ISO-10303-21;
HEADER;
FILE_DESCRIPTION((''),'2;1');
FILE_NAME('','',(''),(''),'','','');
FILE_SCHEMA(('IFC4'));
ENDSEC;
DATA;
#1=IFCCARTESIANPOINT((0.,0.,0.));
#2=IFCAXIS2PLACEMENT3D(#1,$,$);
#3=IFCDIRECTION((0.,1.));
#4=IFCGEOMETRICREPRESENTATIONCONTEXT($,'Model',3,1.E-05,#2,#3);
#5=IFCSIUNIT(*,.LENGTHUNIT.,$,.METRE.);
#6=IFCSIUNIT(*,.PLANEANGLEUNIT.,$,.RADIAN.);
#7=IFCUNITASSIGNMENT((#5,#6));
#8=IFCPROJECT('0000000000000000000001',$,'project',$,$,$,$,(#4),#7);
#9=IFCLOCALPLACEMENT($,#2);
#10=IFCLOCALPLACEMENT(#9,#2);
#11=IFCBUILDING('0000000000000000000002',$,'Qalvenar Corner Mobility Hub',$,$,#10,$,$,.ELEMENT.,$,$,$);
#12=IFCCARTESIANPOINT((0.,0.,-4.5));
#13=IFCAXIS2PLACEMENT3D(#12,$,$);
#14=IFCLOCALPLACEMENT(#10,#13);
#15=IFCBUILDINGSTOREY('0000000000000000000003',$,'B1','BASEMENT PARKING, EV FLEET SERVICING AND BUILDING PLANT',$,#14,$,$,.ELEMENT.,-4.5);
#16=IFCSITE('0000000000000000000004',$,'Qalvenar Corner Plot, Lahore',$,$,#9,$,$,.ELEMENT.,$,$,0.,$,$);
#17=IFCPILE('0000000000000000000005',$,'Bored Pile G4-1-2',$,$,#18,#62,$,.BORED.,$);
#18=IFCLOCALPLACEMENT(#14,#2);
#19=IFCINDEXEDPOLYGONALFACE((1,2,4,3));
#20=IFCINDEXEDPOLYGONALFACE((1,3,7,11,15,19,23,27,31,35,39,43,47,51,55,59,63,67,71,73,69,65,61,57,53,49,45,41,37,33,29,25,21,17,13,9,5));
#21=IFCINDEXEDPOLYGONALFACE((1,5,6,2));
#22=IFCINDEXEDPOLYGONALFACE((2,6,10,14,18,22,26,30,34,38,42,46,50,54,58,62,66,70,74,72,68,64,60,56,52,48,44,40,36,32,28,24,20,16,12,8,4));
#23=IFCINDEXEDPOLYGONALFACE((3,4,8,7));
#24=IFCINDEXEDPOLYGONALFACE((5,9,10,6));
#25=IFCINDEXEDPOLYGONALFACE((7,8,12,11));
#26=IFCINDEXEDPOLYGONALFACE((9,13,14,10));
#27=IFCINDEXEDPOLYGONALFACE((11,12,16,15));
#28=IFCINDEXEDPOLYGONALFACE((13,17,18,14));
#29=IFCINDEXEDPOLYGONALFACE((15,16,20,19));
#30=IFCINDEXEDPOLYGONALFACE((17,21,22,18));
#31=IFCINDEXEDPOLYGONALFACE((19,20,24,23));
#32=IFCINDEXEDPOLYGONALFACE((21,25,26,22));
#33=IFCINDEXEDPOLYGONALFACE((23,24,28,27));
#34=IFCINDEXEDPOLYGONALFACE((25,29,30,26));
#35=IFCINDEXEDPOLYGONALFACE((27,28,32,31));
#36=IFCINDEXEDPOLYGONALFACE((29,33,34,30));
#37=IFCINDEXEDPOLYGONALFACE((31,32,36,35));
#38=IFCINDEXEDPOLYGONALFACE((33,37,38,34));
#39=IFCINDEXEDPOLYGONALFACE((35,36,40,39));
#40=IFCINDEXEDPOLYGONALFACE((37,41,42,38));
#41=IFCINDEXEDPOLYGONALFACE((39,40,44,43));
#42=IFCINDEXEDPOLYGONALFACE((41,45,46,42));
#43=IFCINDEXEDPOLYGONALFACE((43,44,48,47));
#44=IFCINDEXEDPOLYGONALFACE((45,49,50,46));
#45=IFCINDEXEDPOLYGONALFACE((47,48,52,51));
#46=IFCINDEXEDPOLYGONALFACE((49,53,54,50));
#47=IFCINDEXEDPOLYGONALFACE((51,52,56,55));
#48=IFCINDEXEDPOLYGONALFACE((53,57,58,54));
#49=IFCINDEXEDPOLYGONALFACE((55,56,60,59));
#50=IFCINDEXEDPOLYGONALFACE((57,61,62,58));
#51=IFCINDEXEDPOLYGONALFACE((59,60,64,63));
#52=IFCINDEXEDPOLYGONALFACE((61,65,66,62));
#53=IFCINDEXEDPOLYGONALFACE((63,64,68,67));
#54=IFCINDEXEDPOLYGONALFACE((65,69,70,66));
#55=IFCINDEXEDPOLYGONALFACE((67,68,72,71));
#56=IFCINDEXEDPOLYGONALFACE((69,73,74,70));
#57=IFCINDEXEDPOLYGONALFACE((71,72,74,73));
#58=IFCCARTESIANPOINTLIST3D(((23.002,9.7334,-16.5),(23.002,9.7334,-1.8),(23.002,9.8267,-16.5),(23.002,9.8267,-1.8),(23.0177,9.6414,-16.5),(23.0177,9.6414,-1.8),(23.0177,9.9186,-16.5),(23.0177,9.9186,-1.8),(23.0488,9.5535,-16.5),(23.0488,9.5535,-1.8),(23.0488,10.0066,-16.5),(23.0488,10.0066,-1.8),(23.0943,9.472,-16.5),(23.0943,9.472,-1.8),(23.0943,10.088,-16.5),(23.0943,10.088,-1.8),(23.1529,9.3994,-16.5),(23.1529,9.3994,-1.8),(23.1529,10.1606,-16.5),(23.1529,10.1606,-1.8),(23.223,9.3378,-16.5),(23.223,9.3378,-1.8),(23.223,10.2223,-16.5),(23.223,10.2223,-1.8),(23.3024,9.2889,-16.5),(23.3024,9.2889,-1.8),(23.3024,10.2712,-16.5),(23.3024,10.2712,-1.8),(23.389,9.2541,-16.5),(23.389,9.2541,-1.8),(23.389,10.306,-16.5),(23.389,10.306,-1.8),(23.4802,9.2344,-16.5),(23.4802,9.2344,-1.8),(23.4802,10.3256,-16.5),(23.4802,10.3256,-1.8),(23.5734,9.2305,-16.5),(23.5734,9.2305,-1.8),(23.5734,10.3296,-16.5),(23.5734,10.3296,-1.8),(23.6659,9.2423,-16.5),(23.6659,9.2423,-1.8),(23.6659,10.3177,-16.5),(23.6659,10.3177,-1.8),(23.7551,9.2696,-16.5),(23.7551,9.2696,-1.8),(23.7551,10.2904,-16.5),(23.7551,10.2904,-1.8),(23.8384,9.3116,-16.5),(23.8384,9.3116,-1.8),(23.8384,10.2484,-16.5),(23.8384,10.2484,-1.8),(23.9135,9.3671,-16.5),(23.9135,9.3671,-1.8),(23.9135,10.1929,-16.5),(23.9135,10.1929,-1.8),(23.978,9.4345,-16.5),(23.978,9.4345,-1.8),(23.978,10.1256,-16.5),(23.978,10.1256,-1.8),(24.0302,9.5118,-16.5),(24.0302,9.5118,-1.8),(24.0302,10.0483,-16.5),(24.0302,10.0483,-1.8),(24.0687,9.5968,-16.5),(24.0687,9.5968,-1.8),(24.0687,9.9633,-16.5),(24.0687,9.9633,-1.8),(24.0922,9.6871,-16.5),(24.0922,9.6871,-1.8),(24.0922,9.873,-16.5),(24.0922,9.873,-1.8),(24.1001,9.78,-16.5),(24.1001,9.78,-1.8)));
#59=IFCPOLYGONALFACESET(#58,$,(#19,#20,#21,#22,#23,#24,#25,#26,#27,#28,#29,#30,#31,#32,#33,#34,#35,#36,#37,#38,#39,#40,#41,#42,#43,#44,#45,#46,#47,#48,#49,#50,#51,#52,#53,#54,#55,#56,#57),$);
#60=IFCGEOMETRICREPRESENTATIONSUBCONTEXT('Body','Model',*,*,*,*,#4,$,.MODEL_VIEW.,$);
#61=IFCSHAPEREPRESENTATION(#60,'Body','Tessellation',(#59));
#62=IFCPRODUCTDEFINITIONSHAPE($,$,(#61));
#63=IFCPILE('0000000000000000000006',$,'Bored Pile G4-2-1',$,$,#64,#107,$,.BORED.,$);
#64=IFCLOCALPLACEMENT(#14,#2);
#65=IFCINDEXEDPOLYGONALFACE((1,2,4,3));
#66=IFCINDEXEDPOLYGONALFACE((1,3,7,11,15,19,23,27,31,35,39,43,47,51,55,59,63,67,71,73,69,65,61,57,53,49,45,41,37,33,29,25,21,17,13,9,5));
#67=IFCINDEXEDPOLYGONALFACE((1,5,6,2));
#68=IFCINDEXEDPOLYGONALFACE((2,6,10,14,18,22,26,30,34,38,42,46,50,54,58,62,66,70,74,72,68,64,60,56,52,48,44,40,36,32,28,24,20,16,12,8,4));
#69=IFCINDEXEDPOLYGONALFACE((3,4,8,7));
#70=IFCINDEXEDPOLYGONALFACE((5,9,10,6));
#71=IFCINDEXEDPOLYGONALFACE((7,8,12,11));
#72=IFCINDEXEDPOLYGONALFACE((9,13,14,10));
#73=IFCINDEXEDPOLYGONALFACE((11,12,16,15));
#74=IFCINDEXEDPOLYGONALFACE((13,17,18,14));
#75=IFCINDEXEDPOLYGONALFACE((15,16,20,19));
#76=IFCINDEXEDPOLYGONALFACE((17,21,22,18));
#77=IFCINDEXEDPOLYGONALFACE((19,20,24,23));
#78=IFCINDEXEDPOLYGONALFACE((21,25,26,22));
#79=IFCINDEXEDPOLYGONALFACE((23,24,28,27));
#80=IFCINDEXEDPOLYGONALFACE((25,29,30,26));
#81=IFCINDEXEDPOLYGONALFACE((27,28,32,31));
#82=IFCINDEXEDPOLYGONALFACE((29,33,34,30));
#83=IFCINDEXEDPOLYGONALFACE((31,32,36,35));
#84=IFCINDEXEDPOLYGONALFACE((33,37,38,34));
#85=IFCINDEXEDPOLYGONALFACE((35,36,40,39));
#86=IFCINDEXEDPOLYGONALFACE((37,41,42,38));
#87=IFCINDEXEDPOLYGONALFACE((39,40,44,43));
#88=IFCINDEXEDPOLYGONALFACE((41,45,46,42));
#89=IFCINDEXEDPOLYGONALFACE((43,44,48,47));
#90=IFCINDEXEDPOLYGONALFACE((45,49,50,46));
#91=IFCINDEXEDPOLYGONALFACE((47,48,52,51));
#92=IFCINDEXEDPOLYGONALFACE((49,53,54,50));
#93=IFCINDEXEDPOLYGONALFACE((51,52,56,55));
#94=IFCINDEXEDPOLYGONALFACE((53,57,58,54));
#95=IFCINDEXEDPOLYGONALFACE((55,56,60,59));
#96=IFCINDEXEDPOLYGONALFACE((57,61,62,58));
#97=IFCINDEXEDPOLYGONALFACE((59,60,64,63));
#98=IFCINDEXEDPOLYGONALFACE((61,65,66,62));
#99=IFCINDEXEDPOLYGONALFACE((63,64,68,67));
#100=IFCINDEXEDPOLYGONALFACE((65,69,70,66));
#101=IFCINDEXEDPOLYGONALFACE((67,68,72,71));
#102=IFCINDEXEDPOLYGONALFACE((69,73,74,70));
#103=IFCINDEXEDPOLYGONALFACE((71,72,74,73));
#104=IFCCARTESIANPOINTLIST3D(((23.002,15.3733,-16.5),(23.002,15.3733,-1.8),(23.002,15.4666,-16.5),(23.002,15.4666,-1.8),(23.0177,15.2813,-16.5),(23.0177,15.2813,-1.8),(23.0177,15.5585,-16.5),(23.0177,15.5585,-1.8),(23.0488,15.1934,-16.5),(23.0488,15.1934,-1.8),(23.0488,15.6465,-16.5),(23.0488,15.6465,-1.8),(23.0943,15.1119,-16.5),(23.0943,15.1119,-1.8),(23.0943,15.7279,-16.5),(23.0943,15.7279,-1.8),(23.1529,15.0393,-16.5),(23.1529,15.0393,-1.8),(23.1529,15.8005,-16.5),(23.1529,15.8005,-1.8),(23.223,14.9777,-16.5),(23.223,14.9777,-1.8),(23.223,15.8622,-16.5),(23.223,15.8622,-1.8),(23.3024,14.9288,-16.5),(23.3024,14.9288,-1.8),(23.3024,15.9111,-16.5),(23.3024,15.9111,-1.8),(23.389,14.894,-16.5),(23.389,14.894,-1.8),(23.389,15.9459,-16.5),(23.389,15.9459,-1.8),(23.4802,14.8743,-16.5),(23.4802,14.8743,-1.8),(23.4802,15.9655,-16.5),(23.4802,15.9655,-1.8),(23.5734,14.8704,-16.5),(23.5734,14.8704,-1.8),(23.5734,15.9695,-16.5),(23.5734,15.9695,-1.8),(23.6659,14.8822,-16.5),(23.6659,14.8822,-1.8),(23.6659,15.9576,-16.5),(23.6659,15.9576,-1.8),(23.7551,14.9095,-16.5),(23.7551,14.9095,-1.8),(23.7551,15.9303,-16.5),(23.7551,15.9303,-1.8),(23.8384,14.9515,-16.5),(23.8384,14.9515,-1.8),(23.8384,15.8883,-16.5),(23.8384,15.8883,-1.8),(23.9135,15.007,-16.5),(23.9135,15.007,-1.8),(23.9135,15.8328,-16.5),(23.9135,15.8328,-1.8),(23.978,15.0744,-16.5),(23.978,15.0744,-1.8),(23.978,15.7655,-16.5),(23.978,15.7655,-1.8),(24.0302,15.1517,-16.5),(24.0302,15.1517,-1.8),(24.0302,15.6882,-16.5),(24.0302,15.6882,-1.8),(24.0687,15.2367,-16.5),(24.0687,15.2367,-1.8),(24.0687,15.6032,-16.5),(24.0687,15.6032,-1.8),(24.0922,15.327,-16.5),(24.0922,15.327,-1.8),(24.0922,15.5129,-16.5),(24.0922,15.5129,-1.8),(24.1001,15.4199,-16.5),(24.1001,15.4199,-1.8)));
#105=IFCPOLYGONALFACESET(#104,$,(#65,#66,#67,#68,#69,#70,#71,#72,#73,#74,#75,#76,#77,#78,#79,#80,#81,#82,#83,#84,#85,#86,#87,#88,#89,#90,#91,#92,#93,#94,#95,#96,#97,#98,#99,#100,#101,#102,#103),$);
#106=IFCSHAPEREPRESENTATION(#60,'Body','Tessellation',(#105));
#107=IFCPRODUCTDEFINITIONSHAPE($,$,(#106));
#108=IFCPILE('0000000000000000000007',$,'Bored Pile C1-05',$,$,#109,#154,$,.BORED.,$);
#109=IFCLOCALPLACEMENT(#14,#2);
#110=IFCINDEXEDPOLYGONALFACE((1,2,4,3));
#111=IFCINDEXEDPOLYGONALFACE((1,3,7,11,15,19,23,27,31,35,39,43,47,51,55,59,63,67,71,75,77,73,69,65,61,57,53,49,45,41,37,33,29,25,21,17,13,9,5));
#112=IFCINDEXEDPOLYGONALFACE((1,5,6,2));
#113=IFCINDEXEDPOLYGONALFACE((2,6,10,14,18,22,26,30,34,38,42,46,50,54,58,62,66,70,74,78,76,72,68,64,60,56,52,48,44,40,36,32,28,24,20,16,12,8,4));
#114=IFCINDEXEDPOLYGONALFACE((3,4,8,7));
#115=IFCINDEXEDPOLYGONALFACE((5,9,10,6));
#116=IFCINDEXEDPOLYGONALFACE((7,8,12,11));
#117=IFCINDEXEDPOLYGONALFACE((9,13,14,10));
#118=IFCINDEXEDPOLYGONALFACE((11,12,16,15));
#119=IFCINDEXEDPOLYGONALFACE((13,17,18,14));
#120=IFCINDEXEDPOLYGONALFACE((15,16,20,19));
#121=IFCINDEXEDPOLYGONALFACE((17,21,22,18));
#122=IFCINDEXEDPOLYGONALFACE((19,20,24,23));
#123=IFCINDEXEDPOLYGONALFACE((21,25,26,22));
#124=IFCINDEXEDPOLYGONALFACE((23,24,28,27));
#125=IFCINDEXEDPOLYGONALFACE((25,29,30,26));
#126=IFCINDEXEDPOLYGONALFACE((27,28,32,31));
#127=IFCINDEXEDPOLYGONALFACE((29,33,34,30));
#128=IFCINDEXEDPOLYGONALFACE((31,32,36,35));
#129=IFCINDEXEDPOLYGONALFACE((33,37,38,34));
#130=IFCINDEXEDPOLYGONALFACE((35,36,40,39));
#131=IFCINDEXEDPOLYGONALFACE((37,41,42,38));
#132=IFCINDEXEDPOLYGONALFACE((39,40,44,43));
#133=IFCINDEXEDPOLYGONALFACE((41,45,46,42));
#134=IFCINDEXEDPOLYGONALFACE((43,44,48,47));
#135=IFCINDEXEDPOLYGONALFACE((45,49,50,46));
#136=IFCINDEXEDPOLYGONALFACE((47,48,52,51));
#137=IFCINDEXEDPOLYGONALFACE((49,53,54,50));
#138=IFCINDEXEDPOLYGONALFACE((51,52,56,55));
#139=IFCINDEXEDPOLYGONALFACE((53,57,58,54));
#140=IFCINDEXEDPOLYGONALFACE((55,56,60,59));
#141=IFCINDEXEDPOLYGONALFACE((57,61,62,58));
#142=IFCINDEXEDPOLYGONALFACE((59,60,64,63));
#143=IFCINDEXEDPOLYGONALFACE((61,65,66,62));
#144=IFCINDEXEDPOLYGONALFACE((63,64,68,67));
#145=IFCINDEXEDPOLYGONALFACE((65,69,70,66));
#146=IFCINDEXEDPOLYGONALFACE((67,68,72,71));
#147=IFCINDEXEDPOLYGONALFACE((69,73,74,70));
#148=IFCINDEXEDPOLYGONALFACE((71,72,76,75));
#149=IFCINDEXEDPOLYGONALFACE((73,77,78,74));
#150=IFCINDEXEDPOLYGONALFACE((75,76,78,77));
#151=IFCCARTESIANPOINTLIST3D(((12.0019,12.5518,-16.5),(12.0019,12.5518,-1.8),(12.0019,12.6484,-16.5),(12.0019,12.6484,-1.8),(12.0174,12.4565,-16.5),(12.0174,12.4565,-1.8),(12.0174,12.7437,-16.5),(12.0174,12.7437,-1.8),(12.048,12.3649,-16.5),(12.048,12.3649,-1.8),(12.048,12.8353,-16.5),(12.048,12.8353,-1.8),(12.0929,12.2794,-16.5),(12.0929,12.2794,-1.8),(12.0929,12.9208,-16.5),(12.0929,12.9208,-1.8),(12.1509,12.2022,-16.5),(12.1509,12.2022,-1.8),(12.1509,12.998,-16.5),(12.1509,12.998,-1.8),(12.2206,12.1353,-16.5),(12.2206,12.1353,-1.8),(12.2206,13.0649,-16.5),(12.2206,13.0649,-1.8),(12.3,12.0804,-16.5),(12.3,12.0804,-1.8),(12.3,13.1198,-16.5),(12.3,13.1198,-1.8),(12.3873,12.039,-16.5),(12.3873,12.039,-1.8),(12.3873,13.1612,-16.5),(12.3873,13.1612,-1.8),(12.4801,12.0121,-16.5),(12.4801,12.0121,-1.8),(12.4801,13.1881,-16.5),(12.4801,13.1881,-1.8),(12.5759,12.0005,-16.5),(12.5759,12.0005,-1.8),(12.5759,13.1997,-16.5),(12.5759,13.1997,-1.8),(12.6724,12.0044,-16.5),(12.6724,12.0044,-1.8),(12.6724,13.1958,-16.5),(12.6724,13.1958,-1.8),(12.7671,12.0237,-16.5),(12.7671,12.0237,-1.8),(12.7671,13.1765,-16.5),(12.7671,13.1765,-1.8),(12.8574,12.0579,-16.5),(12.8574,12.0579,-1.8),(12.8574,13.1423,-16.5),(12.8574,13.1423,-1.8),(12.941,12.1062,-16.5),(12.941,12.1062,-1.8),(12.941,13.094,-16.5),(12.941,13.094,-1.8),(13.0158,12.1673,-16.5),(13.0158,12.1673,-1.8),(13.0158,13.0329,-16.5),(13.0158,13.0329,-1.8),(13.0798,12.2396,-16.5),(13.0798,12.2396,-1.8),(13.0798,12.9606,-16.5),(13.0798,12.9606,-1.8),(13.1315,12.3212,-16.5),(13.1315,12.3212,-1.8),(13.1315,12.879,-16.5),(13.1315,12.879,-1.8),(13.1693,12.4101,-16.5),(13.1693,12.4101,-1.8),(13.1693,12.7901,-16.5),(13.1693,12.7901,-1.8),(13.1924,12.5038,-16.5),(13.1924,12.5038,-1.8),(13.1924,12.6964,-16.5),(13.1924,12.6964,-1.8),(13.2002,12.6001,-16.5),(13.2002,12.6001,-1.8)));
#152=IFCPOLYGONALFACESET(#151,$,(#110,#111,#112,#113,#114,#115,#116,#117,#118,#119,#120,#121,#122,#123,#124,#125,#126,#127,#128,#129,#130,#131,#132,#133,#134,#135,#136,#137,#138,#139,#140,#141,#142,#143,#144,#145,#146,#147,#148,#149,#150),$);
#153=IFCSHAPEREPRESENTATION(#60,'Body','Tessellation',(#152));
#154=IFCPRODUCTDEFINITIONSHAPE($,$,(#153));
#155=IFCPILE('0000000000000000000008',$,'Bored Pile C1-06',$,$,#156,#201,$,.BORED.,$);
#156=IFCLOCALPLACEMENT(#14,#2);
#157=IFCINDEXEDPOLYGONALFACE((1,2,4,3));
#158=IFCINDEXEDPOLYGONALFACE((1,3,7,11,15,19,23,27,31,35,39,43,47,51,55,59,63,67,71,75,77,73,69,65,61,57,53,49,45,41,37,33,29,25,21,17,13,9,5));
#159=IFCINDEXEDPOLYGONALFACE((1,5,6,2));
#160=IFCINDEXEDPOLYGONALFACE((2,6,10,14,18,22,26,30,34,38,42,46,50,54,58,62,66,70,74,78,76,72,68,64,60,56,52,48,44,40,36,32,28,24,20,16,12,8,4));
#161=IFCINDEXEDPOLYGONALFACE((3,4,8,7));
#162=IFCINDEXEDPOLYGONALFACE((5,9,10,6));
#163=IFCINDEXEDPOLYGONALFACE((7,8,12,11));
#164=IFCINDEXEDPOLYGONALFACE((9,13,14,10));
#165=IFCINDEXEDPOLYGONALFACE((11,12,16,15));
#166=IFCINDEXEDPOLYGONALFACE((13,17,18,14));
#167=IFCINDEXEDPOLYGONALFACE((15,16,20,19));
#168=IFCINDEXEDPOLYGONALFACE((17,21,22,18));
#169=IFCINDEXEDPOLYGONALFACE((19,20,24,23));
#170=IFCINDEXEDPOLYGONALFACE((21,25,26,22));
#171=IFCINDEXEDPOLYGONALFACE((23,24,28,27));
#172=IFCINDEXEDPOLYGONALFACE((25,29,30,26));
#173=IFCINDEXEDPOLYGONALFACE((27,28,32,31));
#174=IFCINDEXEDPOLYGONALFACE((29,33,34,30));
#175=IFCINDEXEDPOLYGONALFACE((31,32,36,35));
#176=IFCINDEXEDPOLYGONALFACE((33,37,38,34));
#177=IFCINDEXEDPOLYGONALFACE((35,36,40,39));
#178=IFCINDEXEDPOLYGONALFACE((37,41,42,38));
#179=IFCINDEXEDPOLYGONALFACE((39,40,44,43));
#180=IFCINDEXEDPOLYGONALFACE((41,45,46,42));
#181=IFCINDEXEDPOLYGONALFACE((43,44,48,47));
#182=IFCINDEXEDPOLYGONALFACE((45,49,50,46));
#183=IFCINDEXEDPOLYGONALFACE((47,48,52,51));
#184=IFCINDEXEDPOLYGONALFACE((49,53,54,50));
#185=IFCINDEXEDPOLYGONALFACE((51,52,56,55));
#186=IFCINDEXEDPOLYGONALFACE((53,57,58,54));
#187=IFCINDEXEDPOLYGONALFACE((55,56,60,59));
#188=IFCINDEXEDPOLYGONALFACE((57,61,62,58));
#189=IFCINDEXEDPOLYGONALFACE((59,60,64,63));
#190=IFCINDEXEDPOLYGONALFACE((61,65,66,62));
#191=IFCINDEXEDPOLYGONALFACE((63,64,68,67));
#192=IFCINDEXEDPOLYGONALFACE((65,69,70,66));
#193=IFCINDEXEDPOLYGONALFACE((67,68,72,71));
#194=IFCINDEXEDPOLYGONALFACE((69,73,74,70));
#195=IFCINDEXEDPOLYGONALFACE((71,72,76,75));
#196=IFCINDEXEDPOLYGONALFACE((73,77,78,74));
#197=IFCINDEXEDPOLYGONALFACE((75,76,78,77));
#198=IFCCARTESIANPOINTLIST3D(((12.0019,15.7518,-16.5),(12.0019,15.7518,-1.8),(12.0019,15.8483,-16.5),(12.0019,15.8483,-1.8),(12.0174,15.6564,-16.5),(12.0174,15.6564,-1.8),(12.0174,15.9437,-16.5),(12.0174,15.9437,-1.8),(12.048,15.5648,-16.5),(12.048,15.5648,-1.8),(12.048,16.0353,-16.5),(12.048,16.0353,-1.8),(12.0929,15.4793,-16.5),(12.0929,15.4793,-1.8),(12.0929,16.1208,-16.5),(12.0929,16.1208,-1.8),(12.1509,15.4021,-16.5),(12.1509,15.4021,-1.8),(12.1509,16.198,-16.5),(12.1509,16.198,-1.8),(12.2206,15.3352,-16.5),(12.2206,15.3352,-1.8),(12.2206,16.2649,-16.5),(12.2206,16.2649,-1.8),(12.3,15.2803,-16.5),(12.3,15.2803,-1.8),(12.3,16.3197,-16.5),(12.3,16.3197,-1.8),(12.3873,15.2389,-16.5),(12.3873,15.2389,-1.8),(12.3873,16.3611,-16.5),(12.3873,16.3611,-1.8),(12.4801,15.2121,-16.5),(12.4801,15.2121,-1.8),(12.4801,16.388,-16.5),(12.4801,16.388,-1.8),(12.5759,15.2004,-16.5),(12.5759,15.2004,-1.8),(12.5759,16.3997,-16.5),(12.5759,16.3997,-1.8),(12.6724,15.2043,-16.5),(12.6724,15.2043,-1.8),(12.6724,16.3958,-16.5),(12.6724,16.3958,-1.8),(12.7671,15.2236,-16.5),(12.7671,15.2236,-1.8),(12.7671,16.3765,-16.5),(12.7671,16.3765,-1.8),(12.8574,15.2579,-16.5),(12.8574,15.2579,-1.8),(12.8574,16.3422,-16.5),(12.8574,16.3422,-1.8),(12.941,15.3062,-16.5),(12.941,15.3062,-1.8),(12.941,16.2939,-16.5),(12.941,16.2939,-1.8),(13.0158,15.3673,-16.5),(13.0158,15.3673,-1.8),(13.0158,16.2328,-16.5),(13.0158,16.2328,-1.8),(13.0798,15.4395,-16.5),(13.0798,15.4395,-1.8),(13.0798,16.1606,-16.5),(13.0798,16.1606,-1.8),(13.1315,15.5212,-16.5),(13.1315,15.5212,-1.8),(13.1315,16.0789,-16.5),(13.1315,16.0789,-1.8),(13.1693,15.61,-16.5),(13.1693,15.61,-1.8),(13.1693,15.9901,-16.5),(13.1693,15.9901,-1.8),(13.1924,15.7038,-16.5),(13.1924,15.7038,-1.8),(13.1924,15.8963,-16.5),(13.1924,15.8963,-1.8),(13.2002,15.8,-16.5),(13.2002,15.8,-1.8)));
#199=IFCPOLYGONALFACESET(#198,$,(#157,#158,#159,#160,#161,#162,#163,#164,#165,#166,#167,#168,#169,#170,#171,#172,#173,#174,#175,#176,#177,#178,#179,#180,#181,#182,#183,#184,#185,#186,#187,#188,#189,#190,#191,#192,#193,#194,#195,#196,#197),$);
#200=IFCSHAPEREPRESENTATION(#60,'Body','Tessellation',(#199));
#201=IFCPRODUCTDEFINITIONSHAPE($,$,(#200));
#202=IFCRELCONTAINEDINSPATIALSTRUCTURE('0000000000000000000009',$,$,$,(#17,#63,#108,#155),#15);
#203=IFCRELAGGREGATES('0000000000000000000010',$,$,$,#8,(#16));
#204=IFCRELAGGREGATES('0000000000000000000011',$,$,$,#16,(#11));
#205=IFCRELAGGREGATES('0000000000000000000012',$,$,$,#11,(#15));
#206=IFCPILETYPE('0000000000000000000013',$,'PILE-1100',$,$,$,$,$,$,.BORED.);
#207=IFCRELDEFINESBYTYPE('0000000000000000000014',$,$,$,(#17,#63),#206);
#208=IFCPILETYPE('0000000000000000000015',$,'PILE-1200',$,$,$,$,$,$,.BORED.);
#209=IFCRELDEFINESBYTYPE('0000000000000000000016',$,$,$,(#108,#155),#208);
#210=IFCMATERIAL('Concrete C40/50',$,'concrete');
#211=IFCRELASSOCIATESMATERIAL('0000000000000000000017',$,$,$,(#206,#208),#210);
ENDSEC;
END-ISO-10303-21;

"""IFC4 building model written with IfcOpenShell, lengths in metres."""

from ifc_helpers import new_model, si_unit, direction, frame, origin, origin_2d, place, context, subcontext, project, spatial, circle, extrude, material, material_profile, profile_set, type_object, element, save


model = new_model("IFC4")

# Units and contexts
model_context = context("Model", 3, precision=1e-05, world=origin(), true_north=direction((0.0, 1.0)))
body_context = subcontext(model_context, "Body", "Model", "MODEL_VIEW")
ifc_project = project(units=[si_unit("LENGTHUNIT", "METRE"), si_unit("PLANEANGLEUNIT", "RADIAN")], contexts=[model_context])

# Site, building, storey
site_placement = place(None, origin())
site = spatial("IfcSite", under=ifc_project, at=site_placement, Name="Qalvenar Corner Plot, Lahore", CompositionType="ELEMENT", RefElevation=0.0)
building_placement = place(site_placement, origin())
building = spatial("IfcBuilding", under=site, at=building_placement, Name="Qalvenar Corner Mobility Hub", CompositionType="ELEMENT")
storey_placement = place(building_placement, frame((0.0, 0.0, -4.5)))
storey = spatial("IfcBuildingStorey", under=building, at=storey_placement, Name="B1", Description="BASEMENT PARKING, EV FLEET SERVICING AND BUILDING PLANT", CompositionType="ELEMENT", Elevation=-4.5)

# Shared definitions
ifc_material_1 = material(Name="Concrete C40/50", Category="concrete")

# Piles
ifc_material_profile_1 = material_profile(ifc_material_1, circle(Radius=0.55, at=origin_2d()), Name="DIA1100")
ifc_profile_set_1 = profile_set([ifc_material_profile_1], Name="Concrete C40/50")
pile_type_1 = type_object("IfcPileType", Name="PILE-1100", PredefinedType="BORED", material=ifc_profile_set_1)
for number, where, z_axis, x_axis, name in (
    (1, (23.55, 9.78, -1.8), (0.0, 0.0, -1.0), (1.0, 0.0, 0.0), "Bored Pile G4-1-2"),
    (2, (23.55, 15.4199, -1.8), (0.0, 0.0, -1.0), (1.0, 0.0, 0.0), "Bored Pile G4-2-1"),
):
    element("IfcPile", number, at=place(storey_placement, frame(where, z_axis=z_axis, x_axis=x_axis)), inside=storey, type_object=pile_type_1, Name=name, PredefinedType="BORED", context=body_context, shape_type="SweptSolid", body=[
        extrude(circle(Radius=0.55, at=origin_2d()), origin(), (0.0, 0.0, 1.0), 14.7),
    ])
ifc_material_profile_2 = material_profile(ifc_material_1, circle(Radius=0.6001, at=origin_2d()), Name="DIA1200")
ifc_profile_set_2 = profile_set([ifc_material_profile_2], Name="Concrete C40/50")
pile_type_2 = type_object("IfcPileType", Name="PILE-1200", PredefinedType="BORED", material=ifc_profile_set_2)
for number, where, z_axis, x_axis, name in (
    (3, (12.6001, 12.6001, -1.8), (0.0, 0.0, -1.0), (1.0, 0.0, 0.0), "Bored Pile C1-05"),
    (4, (12.6001, 15.8, -1.8), (0.0, 0.0, -1.0), (1.0, 0.0, 0.0), "Bored Pile C1-06"),
):
    element("IfcPile", number, at=place(storey_placement, frame(where, z_axis=z_axis, x_axis=x_axis)), inside=storey, type_object=pile_type_2, Name=name, PredefinedType="BORED", context=body_context, shape_type="SweptSolid", body=[
        extrude(circle(Radius=0.6001, at=origin_2d()), origin(), (0.0, 0.0, 1.0), 14.7),
    ])

save(model, "model.ifc")
